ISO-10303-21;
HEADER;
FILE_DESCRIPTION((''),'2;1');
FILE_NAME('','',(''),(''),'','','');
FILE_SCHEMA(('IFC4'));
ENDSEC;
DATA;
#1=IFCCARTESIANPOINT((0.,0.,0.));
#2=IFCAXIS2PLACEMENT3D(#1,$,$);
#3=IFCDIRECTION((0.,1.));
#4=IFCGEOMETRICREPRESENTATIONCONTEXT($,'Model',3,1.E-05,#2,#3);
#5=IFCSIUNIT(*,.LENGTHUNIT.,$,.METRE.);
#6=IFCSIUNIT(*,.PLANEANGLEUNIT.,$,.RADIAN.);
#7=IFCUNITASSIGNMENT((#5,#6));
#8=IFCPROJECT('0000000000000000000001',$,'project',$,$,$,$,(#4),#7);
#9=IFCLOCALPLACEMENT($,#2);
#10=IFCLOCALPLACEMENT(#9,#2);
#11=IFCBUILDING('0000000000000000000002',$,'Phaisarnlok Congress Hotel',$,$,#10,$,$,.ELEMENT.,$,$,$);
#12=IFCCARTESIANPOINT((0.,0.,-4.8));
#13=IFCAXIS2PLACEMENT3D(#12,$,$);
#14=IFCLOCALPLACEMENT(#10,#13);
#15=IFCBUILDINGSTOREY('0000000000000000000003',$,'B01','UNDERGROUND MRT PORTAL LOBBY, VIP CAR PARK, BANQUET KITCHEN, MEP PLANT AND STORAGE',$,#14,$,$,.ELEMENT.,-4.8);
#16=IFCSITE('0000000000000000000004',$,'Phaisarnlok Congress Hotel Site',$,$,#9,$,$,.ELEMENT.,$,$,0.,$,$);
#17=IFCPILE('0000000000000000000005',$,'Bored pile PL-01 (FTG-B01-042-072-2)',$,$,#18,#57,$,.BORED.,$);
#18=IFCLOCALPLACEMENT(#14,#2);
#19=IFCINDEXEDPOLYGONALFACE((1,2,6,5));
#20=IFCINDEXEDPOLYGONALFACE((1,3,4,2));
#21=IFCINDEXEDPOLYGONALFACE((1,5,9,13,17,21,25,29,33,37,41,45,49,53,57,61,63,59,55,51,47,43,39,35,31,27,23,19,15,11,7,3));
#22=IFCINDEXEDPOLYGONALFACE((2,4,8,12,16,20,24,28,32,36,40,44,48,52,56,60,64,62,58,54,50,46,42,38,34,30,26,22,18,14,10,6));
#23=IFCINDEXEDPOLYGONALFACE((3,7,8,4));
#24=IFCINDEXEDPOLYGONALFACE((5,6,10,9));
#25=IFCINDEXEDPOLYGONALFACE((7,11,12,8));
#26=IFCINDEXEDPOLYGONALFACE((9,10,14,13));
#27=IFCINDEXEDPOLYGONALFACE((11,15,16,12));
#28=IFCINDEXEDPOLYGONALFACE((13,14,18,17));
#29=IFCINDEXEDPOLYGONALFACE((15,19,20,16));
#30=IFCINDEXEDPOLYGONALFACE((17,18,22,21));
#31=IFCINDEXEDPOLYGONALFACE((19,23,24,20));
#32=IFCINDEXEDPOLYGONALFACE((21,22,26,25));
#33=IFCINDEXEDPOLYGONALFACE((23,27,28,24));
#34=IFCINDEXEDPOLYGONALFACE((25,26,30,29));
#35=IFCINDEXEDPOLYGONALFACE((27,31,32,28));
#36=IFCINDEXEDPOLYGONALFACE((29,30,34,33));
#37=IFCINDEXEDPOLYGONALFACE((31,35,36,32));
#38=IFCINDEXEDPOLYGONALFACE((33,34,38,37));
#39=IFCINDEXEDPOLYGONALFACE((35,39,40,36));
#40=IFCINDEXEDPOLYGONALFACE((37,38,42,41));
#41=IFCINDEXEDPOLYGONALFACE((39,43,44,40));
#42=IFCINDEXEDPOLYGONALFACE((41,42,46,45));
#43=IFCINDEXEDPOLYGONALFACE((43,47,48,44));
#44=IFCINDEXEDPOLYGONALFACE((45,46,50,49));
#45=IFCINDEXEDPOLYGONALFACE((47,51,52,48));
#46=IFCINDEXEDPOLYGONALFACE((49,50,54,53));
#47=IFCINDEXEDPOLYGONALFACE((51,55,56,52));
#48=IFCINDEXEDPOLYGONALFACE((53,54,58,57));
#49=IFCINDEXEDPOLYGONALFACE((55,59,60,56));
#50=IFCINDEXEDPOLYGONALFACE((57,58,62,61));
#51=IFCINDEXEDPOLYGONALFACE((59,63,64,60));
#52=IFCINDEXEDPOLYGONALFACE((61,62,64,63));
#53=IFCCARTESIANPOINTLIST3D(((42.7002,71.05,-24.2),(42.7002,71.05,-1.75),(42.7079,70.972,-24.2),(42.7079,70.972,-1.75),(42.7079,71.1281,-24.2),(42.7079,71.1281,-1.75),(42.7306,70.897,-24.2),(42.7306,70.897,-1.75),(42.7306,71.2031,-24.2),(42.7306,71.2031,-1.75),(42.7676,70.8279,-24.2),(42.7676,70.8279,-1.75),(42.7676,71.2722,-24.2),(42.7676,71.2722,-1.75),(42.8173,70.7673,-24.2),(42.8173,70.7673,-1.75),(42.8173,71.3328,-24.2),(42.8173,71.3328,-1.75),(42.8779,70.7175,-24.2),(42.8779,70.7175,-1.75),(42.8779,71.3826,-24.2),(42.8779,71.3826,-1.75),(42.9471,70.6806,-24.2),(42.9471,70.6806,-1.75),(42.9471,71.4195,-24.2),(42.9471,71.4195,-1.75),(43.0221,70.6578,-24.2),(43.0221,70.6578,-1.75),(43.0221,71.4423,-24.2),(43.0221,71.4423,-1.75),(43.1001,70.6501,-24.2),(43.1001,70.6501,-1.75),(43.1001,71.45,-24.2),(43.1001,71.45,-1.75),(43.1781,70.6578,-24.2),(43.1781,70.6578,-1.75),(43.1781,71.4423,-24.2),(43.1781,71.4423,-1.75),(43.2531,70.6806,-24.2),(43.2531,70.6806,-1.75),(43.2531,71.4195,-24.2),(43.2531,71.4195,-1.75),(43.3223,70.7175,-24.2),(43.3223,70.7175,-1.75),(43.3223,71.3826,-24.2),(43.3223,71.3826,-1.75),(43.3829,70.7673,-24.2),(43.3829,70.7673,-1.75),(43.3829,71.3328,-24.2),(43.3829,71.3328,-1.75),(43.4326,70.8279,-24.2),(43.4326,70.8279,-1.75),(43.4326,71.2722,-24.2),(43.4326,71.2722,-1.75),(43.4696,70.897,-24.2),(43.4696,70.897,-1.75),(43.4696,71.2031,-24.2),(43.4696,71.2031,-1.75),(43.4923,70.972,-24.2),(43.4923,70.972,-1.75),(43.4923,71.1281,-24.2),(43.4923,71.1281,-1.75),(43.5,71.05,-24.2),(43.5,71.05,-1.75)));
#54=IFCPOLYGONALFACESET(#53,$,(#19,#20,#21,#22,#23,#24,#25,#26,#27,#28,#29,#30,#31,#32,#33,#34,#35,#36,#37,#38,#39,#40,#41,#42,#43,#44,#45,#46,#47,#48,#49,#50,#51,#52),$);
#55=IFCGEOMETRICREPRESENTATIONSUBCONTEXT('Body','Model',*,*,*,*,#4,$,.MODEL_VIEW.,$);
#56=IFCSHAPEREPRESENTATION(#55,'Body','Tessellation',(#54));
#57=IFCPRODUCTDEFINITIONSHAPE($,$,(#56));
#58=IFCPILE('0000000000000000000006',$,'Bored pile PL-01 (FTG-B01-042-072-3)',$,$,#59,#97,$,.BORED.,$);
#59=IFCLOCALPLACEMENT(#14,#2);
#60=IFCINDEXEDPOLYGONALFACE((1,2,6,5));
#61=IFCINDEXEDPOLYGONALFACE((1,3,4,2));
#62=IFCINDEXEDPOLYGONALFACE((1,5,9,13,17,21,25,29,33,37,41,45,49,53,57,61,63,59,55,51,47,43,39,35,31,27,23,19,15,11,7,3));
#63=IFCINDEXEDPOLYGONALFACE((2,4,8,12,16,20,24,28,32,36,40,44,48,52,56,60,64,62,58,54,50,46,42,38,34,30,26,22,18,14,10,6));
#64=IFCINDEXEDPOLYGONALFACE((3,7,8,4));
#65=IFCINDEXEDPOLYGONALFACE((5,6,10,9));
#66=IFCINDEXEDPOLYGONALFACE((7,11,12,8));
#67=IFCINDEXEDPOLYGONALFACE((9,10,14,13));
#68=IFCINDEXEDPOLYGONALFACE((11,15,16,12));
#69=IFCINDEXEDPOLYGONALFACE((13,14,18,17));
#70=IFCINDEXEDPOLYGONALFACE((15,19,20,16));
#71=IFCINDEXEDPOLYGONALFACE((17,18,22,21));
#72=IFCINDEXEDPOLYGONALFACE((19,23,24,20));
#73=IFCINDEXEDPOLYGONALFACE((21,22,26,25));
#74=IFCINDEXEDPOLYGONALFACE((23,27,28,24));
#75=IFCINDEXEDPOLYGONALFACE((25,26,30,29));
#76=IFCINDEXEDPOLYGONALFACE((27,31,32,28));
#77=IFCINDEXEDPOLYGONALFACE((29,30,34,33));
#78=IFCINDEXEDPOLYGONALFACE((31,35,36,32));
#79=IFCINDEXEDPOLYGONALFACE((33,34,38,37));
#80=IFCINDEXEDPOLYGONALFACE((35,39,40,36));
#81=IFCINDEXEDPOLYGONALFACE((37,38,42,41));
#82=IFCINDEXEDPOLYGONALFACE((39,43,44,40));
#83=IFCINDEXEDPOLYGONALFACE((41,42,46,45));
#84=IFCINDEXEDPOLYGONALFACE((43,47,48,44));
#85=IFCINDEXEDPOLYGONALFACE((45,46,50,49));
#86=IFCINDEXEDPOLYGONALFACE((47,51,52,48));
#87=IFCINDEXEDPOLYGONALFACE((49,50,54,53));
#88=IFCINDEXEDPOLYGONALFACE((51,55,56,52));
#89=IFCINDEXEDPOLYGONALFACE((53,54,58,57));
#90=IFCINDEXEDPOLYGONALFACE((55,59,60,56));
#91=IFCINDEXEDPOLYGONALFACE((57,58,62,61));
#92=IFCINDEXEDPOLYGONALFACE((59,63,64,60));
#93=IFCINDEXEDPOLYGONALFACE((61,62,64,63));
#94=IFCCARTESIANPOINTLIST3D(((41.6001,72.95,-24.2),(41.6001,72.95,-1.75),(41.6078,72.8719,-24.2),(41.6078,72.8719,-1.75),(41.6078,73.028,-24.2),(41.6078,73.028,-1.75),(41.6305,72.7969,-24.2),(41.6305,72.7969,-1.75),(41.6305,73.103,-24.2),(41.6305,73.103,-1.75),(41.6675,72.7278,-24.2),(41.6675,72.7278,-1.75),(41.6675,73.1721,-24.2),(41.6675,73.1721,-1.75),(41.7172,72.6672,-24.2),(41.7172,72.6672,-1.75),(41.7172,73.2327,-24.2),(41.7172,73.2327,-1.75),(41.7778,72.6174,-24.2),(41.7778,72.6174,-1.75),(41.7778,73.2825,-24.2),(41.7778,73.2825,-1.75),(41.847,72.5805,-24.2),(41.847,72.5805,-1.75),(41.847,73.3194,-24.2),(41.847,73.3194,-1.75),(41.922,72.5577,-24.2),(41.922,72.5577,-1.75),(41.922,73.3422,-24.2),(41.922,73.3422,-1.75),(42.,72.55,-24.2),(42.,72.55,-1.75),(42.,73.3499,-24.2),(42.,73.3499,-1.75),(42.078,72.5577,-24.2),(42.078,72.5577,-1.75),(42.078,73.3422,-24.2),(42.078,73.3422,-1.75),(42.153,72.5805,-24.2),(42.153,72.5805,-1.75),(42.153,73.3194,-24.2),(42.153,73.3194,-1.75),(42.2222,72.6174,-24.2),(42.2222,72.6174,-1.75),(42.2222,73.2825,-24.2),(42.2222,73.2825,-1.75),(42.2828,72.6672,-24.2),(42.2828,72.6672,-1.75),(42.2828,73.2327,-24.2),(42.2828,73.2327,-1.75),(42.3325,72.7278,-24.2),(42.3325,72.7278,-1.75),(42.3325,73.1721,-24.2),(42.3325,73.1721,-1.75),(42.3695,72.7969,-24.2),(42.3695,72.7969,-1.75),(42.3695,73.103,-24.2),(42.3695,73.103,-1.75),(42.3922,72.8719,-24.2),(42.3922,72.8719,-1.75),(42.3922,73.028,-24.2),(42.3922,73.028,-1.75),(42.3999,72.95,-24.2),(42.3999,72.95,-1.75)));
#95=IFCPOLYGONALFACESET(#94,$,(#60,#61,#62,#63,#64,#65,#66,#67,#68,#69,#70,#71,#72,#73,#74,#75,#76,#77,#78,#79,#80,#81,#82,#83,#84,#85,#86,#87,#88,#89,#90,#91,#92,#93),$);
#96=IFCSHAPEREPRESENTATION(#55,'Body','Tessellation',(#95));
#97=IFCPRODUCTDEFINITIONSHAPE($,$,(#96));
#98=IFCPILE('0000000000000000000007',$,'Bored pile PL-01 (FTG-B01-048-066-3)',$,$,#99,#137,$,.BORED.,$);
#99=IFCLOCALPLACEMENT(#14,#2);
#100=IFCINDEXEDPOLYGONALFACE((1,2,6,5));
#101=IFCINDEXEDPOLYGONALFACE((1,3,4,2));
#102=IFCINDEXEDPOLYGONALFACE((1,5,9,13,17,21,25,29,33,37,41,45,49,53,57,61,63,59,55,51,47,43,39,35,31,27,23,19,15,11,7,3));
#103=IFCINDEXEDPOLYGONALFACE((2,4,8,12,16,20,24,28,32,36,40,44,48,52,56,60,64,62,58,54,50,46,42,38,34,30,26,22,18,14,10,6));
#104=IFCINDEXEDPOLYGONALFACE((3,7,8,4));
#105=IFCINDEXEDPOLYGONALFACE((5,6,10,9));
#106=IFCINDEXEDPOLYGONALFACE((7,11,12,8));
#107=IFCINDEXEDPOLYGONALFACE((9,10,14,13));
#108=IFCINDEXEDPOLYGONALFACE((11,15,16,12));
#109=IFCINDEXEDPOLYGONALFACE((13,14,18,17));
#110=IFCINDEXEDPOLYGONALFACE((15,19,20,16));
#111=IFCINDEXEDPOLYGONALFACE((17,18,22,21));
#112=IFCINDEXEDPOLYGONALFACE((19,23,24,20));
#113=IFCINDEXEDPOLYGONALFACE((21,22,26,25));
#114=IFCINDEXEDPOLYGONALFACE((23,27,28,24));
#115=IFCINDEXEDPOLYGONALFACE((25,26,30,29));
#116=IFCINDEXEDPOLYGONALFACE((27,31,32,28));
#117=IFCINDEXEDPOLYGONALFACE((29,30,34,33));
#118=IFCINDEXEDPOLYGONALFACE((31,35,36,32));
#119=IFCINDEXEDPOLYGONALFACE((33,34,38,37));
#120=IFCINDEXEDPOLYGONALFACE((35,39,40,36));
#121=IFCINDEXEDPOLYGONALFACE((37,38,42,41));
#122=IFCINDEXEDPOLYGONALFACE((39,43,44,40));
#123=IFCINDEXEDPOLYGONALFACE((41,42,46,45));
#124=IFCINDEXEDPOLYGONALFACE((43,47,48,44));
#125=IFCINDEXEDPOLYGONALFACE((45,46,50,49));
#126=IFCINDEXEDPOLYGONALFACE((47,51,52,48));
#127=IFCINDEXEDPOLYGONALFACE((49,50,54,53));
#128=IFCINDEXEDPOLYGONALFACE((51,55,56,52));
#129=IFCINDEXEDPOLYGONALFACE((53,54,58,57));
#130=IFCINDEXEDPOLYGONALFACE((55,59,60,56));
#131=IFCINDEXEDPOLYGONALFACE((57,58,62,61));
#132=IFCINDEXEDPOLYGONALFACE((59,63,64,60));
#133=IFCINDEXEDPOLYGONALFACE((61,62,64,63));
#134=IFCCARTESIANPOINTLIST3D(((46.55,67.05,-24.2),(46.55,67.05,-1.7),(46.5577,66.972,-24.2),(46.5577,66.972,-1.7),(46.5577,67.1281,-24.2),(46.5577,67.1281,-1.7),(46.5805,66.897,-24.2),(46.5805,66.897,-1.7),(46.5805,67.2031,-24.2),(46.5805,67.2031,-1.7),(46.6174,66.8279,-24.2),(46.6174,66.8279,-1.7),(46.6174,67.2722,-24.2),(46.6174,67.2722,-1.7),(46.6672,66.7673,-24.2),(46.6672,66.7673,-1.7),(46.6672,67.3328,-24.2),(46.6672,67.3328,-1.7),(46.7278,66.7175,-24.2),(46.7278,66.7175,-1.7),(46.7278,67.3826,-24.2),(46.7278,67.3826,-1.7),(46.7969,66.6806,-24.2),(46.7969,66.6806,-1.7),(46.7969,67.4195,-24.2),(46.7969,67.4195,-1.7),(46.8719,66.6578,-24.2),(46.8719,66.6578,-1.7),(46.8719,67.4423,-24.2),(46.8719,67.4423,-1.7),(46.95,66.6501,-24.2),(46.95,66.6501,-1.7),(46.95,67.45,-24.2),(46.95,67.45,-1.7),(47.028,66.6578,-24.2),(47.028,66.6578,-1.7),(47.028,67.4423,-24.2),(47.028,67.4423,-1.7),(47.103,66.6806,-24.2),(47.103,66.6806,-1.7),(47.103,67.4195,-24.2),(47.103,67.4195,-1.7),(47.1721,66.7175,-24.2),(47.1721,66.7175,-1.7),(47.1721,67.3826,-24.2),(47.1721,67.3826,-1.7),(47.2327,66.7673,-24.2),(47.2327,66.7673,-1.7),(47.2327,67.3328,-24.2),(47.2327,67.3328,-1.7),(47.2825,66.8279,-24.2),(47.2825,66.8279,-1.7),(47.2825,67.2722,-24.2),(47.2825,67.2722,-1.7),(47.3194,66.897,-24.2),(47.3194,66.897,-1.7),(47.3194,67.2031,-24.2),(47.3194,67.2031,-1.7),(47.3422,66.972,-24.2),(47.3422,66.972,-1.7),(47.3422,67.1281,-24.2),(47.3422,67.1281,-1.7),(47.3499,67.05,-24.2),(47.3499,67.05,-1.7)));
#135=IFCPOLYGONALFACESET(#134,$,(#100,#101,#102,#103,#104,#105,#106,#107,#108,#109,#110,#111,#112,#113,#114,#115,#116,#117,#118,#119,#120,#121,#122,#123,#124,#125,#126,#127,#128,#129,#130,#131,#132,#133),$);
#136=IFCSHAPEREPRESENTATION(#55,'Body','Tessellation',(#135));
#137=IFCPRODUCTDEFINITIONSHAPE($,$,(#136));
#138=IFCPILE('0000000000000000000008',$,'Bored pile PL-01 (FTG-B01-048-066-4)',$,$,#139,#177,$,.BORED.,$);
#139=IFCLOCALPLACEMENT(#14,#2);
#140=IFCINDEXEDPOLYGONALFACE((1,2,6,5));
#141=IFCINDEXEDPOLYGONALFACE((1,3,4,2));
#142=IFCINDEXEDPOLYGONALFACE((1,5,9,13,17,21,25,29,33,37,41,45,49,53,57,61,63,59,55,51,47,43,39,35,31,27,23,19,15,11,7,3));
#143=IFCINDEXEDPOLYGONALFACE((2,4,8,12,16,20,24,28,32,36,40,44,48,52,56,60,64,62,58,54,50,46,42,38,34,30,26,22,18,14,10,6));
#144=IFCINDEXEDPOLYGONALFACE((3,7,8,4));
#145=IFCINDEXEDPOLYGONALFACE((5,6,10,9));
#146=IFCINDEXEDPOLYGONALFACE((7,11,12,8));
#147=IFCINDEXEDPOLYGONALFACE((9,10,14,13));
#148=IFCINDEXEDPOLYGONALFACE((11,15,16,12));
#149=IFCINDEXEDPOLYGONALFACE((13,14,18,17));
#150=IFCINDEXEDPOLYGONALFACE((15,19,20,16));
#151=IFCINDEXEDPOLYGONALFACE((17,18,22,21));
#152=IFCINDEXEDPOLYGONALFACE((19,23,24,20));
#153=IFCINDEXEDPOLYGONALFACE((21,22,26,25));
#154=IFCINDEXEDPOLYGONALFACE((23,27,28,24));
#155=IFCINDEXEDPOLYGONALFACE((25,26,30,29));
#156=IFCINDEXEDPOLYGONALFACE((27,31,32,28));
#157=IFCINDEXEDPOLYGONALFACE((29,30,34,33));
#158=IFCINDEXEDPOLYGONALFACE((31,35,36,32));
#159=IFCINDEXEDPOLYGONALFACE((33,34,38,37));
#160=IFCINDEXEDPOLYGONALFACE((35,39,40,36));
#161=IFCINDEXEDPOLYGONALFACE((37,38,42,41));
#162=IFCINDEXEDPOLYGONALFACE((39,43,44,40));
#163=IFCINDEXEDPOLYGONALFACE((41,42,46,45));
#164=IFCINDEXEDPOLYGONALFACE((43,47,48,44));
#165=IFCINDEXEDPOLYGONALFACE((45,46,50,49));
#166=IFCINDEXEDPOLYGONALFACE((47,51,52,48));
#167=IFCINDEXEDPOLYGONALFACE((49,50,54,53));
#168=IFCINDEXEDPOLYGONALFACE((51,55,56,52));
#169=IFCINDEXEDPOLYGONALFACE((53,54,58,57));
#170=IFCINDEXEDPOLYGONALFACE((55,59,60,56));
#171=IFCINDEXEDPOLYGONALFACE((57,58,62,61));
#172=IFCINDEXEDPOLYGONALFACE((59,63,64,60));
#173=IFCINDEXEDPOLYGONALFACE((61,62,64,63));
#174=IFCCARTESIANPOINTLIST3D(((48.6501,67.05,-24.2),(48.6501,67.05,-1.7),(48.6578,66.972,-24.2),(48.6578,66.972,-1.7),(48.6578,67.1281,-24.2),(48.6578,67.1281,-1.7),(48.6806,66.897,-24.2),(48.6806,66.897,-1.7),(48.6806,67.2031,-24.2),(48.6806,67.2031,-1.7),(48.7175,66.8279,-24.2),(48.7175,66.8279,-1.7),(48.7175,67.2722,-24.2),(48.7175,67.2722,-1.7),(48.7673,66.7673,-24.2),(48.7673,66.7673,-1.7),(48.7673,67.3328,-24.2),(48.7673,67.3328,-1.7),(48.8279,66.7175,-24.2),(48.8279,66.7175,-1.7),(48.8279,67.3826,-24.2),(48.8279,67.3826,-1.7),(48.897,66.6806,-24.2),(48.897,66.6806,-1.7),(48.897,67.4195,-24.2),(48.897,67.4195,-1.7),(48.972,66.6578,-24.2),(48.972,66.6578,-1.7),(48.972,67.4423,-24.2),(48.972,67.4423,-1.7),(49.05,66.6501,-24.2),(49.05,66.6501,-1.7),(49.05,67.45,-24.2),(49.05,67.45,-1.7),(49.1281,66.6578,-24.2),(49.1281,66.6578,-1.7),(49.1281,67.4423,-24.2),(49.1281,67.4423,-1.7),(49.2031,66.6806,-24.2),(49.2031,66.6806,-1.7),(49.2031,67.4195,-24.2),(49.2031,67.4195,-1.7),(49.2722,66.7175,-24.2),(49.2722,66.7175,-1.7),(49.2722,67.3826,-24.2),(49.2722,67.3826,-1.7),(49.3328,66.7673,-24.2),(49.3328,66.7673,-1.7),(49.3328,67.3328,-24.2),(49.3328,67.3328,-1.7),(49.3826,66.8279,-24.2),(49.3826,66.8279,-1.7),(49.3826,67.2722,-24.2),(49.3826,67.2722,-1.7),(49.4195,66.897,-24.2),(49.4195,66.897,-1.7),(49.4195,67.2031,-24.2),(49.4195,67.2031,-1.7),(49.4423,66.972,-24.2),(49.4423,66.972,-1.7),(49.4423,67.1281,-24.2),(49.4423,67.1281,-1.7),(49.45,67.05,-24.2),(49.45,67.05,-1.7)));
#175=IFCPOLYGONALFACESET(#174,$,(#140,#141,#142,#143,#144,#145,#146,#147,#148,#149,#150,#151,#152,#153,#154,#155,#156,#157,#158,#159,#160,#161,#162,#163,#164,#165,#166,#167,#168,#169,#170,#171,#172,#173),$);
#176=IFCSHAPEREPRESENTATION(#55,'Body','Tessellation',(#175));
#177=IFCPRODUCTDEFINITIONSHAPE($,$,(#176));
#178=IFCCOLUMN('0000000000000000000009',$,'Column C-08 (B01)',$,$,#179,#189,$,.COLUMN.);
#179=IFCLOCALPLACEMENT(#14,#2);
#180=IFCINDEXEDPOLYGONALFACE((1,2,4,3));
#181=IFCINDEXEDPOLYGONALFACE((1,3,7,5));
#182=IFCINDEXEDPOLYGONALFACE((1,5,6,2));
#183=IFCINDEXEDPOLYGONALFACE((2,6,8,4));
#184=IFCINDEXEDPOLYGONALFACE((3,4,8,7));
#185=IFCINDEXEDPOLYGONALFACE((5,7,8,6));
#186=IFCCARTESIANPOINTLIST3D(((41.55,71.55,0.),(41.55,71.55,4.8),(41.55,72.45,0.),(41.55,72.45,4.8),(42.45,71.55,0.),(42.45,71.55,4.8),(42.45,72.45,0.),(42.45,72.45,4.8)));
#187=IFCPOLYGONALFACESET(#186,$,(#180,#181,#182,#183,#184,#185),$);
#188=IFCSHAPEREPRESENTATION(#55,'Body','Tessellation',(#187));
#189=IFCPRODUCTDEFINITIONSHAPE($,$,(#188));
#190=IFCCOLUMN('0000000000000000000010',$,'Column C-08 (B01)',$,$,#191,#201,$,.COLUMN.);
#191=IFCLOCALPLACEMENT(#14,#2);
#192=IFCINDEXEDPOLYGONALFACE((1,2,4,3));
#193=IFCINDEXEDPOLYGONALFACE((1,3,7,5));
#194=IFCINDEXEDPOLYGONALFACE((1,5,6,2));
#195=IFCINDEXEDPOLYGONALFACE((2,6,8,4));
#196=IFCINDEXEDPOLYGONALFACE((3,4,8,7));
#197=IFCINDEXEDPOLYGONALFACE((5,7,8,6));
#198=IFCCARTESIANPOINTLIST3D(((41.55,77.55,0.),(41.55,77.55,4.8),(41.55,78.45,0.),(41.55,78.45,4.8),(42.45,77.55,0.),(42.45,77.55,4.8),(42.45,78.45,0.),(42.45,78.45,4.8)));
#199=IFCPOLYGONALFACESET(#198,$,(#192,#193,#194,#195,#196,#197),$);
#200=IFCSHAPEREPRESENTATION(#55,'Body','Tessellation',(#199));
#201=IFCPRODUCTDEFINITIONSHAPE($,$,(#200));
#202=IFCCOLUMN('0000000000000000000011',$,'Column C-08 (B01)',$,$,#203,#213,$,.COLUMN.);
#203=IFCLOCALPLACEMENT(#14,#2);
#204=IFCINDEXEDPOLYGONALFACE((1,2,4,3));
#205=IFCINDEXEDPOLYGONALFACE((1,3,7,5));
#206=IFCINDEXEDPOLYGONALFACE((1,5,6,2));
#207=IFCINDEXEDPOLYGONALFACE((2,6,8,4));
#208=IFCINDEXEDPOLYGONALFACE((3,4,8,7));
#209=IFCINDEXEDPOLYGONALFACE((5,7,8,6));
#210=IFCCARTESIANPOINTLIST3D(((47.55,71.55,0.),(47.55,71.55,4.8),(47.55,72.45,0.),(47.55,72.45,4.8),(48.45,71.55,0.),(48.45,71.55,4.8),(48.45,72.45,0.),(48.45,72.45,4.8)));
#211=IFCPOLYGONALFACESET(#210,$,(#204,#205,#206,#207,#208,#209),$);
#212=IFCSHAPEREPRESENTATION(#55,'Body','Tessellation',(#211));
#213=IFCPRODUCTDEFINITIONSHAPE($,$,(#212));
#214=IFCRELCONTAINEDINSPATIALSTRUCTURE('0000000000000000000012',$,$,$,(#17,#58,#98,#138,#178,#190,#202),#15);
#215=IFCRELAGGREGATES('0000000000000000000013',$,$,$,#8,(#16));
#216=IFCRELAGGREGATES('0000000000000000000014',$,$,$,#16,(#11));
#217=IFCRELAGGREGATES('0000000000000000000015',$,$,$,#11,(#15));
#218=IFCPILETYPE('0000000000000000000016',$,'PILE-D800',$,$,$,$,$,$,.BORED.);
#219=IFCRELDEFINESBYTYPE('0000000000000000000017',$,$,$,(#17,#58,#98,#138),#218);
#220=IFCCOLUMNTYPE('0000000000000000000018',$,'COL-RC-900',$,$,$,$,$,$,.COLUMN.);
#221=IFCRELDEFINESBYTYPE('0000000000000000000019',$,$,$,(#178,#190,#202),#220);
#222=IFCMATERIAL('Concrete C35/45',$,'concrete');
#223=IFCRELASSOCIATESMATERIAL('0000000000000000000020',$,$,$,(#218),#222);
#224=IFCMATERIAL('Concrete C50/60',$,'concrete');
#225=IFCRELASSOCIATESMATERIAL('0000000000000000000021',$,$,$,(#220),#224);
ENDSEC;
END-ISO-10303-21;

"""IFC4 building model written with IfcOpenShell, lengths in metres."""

from ifc_helpers import new_model, si_unit, direction, frame, origin, origin_2d, place, context, subcontext, project, spatial, rectangle, circle, extrude, material, material_profile, profile_set, type_object, element, save


model = new_model("IFC4")

# Units and contexts
model_context = context("Model", 3, precision=1e-05, world=origin(), true_north=direction((0.0, 1.0)))
body_context = subcontext(model_context, "Body", "Model", "MODEL_VIEW")
ifc_project = project(units=[si_unit("LENGTHUNIT", "METRE"), si_unit("PLANEANGLEUNIT", "RADIAN")], contexts=[model_context])

# Site, building, storey
site_placement = place(None, origin())
site = spatial("IfcSite", under=ifc_project, at=site_placement, Name="Phaisarnlok Congress Hotel Site", CompositionType="ELEMENT", RefElevation=0.0)
building_placement = place(site_placement, origin())
building = spatial("IfcBuilding", under=site, at=building_placement, Name="Phaisarnlok Congress Hotel", CompositionType="ELEMENT")
storey_placement = place(building_placement, frame((0.0, 0.0, -4.8)))
storey = spatial("IfcBuildingStorey", under=building, at=storey_placement, Name="B01", Description="UNDERGROUND MRT PORTAL LOBBY, VIP CAR PARK, BANQUET KITCHEN, MEP PLANT AND STORAGE", CompositionType="ELEMENT", Elevation=-4.8)

# Piles
ifc_material_1 = material(Name="Concrete C35/45", Category="concrete")
ifc_material_profile_1 = material_profile(ifc_material_1, circle(Radius=0.3999, at=origin_2d()), Name="BORED PILE D800")
ifc_profile_set_1 = profile_set([ifc_material_profile_1], Name="Concrete C35/45")
pile_type_1 = type_object("IfcPileType", Name="PILE-D800", PredefinedType="BORED", material=ifc_profile_set_1)
for number, where, z_axis, x_axis, name in (
    (1, (43.1001, 71.05, -1.75), (0.0, 0.0, -1.0), (1.0, 0.0, 0.0), "Bored pile PL-01 (FTG-B01-042-072-2)"),
    (2, (42.0, 72.95, -1.75), (0.0, 0.0, -1.0), (1.0, 0.0, 0.0), "Bored pile PL-01 (FTG-B01-042-072-3)"),
):
    element("IfcPile", number, at=place(storey_placement, frame(where, z_axis=z_axis, x_axis=x_axis)), inside=storey, type_object=pile_type_1, Name=name, PredefinedType="BORED", context=body_context, shape_type="SweptSolid", body=[
        extrude(circle(Radius=0.3999, at=origin_2d()), origin(), (0.0, 0.0, 1.0), 22.45),
    ])
for number, where, z_axis, x_axis, name in (
    (3, (46.95, 67.05, -1.7), (0.0, 0.0, -1.0), (1.0, 0.0, 0.0), "Bored pile PL-01 (FTG-B01-048-066-3)"),
    (4, (49.05, 67.05, -1.7), (0.0, 0.0, -1.0), (1.0, 0.0, 0.0), "Bored pile PL-01 (FTG-B01-048-066-4)"),
):
    element("IfcPile", number, at=place(storey_placement, frame(where, z_axis=z_axis, x_axis=x_axis)), inside=storey, type_object=pile_type_1, Name=name, PredefinedType="BORED", context=body_context, shape_type="SweptSolid", body=[
        extrude(circle(Radius=0.3999, at=origin_2d()), origin(), (0.0, 0.0, 1.0), 22.5),
    ])

# Columns
ifc_material_2 = material(Name="Concrete C50/60", Category="concrete")
ifc_material_profile_2 = material_profile(ifc_material_2, rectangle(XDim=0.8999, YDim=0.8999, at=origin_2d()), Name="RC 900x900")
ifc_profile_set_2 = profile_set([ifc_material_profile_2], Name="Concrete C50/60")
column_type = type_object("IfcColumnType", Name="COL-RC-900", PredefinedType="COLUMN", material=ifc_profile_set_2)
for number, where, z_axis, x_axis, name in (
    (5, (42.0, 72.0, 0.0), (0.0, 0.0, 1.0), (1.0, 0.0, 0.0), "Column C-08 (B01)"),
    (6, (42.0, 78.0, 0.0), (0.0, 0.0, 1.0), (1.0, 0.0, 0.0), "Column C-08 (B01)"),
    (7, (48.0, 72.0, 0.0), (0.0, 0.0, 1.0), (1.0, 0.0, 0.0), "Column C-08 (B01)"),
):
    element("IfcColumn", number, at=place(storey_placement, frame(where, z_axis=z_axis, x_axis=x_axis)), inside=storey, type_object=column_type, Name=name, PredefinedType="COLUMN", context=body_context, shape_type="SweptSolid", body=[
        extrude(rectangle(XDim=0.8999, YDim=0.8999, at=origin_2d()), origin(), (0.0, 0.0, 1.0), 4.8),
    ])

save(model, "model.ifc")
